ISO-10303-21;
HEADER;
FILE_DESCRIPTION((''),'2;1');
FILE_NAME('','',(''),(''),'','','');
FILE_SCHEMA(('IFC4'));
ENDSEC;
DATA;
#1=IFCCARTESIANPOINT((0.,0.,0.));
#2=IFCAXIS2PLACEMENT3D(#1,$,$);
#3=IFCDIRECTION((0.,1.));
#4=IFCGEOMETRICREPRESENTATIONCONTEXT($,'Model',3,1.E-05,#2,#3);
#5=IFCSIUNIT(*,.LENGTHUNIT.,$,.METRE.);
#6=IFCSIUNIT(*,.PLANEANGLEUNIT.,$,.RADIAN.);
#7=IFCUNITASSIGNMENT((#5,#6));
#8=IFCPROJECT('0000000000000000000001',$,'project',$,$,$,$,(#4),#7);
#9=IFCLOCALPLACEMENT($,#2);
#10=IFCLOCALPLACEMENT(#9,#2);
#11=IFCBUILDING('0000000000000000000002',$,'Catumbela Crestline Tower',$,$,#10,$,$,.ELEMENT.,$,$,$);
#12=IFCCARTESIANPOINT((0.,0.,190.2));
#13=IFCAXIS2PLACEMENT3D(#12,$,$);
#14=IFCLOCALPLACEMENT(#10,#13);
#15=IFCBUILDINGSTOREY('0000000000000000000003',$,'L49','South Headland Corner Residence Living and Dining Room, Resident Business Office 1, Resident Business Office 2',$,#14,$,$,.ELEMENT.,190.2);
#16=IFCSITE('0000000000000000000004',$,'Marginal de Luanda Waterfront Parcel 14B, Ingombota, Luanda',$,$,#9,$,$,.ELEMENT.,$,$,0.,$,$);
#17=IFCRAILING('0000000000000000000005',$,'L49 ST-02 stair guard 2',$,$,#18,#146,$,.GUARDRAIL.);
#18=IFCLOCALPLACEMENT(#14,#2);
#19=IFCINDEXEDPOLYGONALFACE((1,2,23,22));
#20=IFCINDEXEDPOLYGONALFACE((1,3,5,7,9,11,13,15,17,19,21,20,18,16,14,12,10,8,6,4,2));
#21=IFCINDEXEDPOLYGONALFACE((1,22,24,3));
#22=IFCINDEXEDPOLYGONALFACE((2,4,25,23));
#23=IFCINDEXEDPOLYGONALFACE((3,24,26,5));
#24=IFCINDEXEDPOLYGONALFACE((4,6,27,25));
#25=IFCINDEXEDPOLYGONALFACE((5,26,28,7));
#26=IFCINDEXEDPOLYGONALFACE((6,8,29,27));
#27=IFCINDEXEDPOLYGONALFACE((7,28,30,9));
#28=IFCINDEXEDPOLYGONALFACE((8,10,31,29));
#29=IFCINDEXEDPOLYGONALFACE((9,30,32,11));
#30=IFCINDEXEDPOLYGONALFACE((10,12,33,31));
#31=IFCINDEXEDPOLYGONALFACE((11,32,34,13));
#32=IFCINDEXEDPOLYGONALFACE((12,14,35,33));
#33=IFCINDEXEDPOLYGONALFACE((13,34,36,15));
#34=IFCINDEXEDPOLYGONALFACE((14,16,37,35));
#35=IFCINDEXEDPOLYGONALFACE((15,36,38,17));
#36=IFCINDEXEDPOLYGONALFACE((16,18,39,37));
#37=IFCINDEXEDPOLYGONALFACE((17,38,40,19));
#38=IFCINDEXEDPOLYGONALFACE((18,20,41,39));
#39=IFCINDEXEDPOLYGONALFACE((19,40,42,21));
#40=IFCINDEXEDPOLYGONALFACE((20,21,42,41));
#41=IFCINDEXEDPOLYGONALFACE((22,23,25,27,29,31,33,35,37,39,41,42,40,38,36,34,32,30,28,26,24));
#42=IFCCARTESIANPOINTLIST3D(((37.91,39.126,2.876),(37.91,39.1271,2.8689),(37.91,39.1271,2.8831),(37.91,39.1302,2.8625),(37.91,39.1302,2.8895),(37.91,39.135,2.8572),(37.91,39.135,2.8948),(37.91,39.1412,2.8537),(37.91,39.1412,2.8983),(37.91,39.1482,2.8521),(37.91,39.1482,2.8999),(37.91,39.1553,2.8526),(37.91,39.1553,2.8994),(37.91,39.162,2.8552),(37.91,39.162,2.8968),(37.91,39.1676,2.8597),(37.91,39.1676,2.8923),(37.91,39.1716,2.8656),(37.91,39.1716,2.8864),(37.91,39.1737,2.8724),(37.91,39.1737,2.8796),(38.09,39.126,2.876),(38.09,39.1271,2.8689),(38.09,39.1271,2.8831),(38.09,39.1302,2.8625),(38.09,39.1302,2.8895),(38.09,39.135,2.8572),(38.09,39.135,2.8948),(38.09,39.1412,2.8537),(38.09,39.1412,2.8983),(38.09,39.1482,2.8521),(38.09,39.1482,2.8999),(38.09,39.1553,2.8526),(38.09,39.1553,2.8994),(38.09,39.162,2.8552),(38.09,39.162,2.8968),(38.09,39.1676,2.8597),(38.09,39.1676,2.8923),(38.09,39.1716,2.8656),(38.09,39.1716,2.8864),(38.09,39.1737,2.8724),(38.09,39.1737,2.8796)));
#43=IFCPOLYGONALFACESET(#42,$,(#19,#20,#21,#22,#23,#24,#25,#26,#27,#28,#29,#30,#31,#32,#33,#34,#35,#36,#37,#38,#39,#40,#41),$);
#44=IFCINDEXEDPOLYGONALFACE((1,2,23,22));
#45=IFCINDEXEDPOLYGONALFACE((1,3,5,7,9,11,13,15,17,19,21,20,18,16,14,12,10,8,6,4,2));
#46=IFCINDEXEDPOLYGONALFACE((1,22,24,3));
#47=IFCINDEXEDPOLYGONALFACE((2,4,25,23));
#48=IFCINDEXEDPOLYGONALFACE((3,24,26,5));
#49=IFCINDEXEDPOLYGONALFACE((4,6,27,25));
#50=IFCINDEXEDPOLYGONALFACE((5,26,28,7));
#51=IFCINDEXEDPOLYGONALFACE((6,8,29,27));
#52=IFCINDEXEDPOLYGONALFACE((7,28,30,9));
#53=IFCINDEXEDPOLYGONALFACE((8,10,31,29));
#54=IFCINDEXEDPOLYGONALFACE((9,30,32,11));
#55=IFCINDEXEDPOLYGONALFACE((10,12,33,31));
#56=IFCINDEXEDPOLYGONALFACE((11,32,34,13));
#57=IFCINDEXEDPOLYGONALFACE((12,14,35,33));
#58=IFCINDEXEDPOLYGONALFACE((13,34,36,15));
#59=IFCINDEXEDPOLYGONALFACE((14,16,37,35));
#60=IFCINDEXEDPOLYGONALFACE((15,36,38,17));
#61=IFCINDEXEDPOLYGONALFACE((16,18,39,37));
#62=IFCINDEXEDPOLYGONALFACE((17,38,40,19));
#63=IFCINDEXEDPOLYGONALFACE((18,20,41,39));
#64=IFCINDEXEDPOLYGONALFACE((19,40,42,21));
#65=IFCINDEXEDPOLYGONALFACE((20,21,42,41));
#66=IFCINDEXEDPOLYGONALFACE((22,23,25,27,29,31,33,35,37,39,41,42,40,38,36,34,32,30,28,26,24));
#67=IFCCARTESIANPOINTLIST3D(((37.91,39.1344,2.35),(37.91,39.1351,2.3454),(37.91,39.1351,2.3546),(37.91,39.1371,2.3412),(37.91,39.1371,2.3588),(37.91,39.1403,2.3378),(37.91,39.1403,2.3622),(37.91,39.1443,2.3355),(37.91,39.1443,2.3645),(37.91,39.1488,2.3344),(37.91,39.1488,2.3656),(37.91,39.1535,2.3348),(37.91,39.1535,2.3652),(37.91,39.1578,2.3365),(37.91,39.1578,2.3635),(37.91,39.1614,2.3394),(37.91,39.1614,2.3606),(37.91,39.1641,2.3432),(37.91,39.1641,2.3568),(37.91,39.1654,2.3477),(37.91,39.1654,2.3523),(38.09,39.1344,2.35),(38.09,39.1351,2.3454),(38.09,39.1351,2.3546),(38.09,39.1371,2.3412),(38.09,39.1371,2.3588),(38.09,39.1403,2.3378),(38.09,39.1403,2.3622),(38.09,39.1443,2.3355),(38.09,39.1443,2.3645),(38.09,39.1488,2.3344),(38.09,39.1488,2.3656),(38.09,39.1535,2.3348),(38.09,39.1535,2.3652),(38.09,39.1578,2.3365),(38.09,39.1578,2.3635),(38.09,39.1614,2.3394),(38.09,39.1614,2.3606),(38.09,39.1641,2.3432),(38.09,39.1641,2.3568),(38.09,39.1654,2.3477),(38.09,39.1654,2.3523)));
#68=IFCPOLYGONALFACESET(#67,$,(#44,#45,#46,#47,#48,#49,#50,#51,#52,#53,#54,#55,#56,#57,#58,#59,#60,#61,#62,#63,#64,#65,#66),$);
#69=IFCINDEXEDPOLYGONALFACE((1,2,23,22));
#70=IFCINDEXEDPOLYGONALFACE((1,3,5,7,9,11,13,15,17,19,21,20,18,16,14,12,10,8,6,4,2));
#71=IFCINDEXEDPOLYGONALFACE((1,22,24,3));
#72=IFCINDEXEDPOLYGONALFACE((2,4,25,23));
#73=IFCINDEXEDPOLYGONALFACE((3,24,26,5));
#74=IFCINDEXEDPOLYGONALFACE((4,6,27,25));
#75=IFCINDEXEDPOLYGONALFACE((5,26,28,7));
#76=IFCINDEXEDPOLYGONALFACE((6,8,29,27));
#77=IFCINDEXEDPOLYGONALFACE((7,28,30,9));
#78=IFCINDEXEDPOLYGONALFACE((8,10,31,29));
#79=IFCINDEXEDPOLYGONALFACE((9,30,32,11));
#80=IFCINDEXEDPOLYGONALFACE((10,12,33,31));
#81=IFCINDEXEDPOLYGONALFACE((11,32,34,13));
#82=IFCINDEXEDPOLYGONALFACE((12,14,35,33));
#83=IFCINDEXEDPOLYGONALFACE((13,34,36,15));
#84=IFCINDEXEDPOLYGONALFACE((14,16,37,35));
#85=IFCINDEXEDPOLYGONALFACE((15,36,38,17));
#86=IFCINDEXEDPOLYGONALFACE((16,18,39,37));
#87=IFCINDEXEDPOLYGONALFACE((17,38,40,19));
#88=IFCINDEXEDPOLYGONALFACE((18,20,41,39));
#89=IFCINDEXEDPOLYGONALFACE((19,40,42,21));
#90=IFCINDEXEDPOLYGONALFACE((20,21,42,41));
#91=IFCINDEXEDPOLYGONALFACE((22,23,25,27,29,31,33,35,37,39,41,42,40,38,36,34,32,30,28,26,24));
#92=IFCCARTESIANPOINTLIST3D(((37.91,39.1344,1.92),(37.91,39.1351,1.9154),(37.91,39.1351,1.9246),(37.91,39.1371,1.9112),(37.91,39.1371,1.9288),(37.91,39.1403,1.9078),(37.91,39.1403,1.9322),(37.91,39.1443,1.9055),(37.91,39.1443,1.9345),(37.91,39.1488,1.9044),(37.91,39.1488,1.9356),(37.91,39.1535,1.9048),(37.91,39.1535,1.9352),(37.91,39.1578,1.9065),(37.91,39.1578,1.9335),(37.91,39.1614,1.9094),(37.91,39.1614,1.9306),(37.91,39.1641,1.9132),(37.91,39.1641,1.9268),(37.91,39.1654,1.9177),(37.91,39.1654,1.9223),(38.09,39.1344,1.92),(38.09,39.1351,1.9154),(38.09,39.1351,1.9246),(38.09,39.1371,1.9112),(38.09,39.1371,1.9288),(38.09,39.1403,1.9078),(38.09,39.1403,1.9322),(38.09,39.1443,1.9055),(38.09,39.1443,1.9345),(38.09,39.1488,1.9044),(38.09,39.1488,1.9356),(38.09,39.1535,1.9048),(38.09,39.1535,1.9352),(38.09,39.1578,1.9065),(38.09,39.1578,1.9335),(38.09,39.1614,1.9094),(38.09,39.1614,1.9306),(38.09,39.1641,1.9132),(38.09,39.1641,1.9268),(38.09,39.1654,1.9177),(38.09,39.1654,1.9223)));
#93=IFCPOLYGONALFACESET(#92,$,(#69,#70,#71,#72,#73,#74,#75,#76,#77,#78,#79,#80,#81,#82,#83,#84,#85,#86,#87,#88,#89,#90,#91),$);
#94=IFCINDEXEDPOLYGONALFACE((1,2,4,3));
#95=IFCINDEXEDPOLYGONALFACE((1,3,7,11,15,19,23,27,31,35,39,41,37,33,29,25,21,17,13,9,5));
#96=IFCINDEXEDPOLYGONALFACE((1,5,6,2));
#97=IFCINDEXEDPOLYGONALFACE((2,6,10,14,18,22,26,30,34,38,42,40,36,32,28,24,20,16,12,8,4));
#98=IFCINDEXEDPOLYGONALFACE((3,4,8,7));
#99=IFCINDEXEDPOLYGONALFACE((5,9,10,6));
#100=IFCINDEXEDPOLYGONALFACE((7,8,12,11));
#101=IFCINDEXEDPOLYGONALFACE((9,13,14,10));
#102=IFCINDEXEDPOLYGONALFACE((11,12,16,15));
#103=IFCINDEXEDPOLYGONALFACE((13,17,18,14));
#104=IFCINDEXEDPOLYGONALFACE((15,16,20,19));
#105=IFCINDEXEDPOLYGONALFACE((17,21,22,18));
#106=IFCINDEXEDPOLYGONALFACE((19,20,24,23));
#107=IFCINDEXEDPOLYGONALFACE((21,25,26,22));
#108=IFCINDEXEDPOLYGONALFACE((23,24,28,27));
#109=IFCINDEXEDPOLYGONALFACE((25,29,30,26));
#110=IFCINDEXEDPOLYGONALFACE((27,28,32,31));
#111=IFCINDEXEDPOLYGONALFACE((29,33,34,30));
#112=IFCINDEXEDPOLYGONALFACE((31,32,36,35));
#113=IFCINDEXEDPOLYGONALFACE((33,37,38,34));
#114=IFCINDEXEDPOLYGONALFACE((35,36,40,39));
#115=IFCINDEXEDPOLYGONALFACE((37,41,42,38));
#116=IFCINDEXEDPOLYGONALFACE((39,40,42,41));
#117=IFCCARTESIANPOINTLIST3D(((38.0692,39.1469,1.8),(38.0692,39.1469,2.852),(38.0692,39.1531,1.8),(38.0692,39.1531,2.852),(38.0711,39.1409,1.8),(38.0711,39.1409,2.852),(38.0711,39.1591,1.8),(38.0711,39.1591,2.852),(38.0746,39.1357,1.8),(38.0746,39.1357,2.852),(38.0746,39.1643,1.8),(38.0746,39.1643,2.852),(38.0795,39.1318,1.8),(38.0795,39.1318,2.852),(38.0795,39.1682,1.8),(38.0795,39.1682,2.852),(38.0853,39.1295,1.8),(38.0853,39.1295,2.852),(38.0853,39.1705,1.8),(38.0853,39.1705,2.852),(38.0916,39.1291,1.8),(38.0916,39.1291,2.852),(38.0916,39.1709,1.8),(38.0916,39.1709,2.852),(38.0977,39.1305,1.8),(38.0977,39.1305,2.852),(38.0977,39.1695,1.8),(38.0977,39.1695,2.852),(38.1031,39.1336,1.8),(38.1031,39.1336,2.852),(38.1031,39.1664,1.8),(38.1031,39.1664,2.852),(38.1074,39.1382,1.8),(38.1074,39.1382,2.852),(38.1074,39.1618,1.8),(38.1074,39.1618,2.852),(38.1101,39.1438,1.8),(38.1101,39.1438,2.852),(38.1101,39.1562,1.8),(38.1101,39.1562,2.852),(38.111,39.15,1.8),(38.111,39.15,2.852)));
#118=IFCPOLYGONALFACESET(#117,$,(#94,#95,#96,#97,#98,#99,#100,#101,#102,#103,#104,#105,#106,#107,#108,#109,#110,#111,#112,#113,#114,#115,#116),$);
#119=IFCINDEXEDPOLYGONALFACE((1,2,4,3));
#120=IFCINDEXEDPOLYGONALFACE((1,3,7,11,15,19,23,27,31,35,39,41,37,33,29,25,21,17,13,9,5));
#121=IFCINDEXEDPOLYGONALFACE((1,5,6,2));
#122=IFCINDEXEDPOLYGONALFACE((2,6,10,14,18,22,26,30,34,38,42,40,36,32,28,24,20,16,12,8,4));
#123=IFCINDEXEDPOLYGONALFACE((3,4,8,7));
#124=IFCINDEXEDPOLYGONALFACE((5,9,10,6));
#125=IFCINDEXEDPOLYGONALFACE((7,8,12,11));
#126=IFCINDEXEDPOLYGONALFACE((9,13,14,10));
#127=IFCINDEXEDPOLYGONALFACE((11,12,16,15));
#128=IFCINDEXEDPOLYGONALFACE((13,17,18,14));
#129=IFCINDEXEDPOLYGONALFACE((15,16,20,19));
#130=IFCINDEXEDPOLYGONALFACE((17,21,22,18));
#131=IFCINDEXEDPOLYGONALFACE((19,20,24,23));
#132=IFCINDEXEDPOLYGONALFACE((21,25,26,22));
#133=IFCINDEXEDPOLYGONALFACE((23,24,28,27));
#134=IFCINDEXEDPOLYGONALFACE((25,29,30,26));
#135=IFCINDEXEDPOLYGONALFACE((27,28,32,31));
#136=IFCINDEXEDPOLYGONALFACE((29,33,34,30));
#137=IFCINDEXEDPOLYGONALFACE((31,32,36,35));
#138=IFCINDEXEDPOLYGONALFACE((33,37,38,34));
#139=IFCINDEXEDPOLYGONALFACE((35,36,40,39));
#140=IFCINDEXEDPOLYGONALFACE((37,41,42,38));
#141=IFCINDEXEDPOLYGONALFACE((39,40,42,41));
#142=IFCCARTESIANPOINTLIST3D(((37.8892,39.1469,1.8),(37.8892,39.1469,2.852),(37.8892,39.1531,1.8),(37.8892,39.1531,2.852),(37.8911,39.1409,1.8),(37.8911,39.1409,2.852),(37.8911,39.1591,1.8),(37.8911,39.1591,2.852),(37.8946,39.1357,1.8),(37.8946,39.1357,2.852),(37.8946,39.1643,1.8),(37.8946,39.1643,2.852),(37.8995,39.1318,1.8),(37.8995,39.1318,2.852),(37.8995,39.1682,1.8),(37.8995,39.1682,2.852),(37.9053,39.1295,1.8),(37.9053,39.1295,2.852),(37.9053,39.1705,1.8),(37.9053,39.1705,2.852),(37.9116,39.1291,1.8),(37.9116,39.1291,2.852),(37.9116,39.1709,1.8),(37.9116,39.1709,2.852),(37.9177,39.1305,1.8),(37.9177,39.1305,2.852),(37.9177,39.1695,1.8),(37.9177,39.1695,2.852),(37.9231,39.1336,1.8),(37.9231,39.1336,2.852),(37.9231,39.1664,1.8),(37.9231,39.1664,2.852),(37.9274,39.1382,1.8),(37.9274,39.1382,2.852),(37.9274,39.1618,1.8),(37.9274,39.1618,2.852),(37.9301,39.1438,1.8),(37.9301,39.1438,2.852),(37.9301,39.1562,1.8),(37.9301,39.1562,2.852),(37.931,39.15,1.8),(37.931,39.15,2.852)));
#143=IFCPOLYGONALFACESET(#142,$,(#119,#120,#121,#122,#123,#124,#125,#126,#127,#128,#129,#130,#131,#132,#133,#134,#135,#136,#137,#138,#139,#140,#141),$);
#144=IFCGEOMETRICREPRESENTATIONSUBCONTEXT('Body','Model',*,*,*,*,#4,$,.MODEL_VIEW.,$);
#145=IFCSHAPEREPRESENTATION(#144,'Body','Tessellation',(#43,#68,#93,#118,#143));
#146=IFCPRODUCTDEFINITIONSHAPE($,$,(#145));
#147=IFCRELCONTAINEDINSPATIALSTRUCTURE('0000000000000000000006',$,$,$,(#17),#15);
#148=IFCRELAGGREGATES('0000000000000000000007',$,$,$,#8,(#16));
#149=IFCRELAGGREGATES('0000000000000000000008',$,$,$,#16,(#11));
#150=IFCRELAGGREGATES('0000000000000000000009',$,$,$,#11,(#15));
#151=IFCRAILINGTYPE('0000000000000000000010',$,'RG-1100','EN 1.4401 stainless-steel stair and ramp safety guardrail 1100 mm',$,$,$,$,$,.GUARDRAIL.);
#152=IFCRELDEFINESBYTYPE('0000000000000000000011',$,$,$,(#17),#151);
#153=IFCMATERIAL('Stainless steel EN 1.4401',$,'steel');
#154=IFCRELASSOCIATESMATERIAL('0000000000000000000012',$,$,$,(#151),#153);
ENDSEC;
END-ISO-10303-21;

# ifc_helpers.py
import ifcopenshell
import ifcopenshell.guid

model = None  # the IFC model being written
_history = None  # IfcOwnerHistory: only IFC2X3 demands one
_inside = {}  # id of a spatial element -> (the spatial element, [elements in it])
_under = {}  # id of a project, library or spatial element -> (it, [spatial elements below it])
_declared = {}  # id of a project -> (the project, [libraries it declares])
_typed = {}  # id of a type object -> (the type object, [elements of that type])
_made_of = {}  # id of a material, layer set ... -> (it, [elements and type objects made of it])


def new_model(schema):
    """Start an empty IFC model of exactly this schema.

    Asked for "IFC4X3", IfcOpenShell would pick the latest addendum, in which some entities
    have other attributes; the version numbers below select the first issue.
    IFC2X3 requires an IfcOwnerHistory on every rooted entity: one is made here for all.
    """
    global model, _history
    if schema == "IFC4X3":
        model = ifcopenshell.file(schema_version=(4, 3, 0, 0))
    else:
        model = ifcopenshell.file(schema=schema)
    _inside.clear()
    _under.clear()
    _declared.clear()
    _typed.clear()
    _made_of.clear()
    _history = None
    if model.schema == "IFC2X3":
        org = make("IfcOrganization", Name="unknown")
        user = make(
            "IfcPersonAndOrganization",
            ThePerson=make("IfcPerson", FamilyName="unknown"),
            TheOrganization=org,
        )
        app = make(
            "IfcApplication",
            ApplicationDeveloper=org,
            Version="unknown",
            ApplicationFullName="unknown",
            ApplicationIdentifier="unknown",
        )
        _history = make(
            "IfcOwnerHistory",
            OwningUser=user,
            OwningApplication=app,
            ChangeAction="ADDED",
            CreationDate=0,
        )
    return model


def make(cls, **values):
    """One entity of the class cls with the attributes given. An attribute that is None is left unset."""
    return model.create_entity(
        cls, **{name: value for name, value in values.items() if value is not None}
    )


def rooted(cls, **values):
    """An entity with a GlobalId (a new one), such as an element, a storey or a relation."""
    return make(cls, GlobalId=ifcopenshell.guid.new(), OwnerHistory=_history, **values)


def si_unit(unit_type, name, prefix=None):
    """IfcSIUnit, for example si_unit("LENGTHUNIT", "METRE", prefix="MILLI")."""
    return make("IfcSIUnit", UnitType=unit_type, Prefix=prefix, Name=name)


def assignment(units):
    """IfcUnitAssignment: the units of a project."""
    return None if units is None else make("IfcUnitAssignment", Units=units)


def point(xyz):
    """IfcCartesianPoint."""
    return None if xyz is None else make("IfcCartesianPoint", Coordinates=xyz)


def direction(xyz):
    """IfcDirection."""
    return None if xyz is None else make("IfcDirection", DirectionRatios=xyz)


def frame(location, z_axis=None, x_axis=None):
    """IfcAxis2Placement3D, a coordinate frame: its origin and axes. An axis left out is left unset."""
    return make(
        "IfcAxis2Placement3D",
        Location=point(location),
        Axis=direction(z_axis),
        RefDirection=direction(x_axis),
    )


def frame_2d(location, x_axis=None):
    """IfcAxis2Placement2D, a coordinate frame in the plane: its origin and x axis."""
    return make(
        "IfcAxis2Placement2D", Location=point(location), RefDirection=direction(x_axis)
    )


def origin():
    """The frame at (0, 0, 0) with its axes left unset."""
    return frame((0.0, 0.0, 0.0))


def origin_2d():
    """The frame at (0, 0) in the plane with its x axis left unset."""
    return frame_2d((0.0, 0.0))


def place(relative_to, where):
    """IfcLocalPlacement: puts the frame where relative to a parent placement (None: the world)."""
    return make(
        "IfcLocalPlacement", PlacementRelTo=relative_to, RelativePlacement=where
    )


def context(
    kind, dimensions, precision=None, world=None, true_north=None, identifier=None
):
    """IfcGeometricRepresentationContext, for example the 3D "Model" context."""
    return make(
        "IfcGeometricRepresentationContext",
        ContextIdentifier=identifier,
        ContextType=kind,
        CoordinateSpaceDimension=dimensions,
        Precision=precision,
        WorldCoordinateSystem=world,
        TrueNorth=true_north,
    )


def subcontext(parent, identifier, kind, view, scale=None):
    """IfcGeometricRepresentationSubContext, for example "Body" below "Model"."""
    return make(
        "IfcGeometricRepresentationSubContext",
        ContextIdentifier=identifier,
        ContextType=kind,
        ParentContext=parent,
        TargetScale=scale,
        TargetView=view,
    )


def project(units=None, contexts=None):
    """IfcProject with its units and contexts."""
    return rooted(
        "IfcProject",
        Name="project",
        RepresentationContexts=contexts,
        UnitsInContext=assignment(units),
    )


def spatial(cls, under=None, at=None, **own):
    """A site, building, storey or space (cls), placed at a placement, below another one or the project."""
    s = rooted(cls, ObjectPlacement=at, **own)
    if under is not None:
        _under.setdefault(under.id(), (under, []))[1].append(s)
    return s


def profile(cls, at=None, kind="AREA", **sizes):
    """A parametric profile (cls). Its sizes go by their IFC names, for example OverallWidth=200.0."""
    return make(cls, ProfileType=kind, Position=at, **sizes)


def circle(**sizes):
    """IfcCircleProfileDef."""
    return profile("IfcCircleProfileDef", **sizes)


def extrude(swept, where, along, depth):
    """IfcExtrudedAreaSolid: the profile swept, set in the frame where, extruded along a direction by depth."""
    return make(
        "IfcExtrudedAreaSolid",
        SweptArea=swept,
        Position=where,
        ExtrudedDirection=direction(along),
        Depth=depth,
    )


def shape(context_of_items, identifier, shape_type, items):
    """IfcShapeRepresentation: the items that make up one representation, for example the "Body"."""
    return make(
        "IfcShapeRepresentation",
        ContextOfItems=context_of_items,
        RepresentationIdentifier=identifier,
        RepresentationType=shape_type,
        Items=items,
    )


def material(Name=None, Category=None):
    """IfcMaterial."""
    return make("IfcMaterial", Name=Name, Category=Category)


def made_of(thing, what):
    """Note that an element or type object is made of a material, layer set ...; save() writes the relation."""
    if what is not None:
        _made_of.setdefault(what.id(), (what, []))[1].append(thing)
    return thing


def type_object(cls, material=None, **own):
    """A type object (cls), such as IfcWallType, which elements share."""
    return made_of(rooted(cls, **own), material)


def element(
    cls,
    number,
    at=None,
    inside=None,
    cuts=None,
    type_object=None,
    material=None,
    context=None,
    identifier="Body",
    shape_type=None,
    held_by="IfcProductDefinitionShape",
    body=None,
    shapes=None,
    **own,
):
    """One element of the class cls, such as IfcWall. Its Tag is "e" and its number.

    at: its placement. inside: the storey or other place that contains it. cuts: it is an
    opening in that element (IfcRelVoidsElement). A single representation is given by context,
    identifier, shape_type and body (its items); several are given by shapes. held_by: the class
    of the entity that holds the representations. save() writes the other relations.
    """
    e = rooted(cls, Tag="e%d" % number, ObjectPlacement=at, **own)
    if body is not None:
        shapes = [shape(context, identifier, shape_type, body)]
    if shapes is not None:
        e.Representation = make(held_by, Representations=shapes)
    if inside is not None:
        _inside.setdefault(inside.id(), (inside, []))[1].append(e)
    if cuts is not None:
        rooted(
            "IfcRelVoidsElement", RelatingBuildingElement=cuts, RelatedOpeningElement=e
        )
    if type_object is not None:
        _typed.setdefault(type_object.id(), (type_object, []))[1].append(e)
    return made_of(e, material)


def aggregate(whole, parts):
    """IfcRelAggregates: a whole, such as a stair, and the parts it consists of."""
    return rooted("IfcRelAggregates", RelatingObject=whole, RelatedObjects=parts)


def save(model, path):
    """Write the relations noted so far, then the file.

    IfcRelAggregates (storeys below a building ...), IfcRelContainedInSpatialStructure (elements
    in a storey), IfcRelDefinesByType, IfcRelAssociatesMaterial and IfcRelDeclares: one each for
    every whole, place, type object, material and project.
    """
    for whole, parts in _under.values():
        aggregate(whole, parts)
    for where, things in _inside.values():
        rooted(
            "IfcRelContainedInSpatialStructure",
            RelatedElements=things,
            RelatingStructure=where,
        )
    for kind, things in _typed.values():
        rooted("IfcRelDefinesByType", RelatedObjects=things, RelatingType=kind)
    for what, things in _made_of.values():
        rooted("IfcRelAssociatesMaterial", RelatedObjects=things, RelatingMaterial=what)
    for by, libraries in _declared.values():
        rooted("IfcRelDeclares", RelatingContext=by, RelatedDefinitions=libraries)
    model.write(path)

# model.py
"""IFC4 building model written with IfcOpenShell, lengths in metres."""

from ifc_helpers import new_model, si_unit, direction, frame, origin, origin_2d, place, context, subcontext, project, spatial, circle, extrude, material, type_object, element, save


model = new_model("IFC4")

# Units and contexts
model_context = context("Model", 3, precision=1e-05, world=origin(), true_north=direction((0.0, 1.0)))
body_context = subcontext(model_context, "Body", "Model", "MODEL_VIEW")
ifc_project = project(units=[si_unit("LENGTHUNIT", "METRE"), si_unit("PLANEANGLEUNIT", "RADIAN")], contexts=[model_context])

# Site, building, storey
site_placement = place(None, origin())
site = spatial("IfcSite", under=ifc_project, at=site_placement, Name="Marginal de Luanda Waterfront Parcel 14B, Ingombota, Luanda", CompositionType="ELEMENT", RefElevation=0.0)
building_placement = place(site_placement, origin())
building = spatial("IfcBuilding", under=site, at=building_placement, Name="Catumbela Crestline Tower", CompositionType="ELEMENT")
storey_placement = place(building_placement, frame((0.0, 0.0, 190.2)))
storey = spatial("IfcBuildingStorey", under=building, at=storey_placement, Name="L49", Description="South Headland Corner Residence Living and Dining Room, Resident Business Office 1, Resident Business Office 2", CompositionType="ELEMENT", Elevation=190.2)

# Shared definitions
ifc_material_1 = material(Name="Stainless steel EN 1.4401", Category="steel")

# Railing
railing_type_1 = type_object("IfcRailingType", Name="RG-1100", Description="EN 1.4401 stainless-steel stair and ramp safety guardrail 1100 mm", PredefinedType="GUARDRAIL", material=ifc_material_1)
railing_1_placement = place(storey_placement, frame((38.09, 39.15, 1.8)))
element("IfcRailing", 1, at=railing_1_placement, inside=storey, type_object=railing_type_1, Name="L49 ST-02 stair guard 2", PredefinedType="GUARDRAIL", context=body_context, shape_type="SweptSolid", body=[
    extrude(circle(Radius=0.024, at=origin_2d()), frame((0.0, 0.0, 1.076), z_axis=(-1.0, 0.0, 0.0), x_axis=(0.0, -1.0, 0.0)), (0.0, 0.0, 1.0), 0.18),
    extrude(circle(Radius=0.0156, at=origin_2d()), frame((0.0, 0.0, 0.55), z_axis=(-1.0, 0.0, 0.0), x_axis=(0.0, -1.0, 0.0)), (0.0, 0.0, 1.0), 0.18),
    extrude(circle(Radius=0.0156, at=origin_2d()), frame((0.0, 0.0, 0.12), z_axis=(-1.0, 0.0, 0.0), x_axis=(0.0, -1.0, 0.0)), (0.0, 0.0, 1.0), 0.18),
    extrude(circle(Radius=0.021, at=origin_2d()), origin(), (0.0, 0.0, 1.0), 1.052),
    extrude(circle(Radius=0.021, at=origin_2d()), frame((-0.18, 0.0, 0.0)), (0.0, 0.0, 1.0), 1.052),
])

save(model, "model.ifc")
